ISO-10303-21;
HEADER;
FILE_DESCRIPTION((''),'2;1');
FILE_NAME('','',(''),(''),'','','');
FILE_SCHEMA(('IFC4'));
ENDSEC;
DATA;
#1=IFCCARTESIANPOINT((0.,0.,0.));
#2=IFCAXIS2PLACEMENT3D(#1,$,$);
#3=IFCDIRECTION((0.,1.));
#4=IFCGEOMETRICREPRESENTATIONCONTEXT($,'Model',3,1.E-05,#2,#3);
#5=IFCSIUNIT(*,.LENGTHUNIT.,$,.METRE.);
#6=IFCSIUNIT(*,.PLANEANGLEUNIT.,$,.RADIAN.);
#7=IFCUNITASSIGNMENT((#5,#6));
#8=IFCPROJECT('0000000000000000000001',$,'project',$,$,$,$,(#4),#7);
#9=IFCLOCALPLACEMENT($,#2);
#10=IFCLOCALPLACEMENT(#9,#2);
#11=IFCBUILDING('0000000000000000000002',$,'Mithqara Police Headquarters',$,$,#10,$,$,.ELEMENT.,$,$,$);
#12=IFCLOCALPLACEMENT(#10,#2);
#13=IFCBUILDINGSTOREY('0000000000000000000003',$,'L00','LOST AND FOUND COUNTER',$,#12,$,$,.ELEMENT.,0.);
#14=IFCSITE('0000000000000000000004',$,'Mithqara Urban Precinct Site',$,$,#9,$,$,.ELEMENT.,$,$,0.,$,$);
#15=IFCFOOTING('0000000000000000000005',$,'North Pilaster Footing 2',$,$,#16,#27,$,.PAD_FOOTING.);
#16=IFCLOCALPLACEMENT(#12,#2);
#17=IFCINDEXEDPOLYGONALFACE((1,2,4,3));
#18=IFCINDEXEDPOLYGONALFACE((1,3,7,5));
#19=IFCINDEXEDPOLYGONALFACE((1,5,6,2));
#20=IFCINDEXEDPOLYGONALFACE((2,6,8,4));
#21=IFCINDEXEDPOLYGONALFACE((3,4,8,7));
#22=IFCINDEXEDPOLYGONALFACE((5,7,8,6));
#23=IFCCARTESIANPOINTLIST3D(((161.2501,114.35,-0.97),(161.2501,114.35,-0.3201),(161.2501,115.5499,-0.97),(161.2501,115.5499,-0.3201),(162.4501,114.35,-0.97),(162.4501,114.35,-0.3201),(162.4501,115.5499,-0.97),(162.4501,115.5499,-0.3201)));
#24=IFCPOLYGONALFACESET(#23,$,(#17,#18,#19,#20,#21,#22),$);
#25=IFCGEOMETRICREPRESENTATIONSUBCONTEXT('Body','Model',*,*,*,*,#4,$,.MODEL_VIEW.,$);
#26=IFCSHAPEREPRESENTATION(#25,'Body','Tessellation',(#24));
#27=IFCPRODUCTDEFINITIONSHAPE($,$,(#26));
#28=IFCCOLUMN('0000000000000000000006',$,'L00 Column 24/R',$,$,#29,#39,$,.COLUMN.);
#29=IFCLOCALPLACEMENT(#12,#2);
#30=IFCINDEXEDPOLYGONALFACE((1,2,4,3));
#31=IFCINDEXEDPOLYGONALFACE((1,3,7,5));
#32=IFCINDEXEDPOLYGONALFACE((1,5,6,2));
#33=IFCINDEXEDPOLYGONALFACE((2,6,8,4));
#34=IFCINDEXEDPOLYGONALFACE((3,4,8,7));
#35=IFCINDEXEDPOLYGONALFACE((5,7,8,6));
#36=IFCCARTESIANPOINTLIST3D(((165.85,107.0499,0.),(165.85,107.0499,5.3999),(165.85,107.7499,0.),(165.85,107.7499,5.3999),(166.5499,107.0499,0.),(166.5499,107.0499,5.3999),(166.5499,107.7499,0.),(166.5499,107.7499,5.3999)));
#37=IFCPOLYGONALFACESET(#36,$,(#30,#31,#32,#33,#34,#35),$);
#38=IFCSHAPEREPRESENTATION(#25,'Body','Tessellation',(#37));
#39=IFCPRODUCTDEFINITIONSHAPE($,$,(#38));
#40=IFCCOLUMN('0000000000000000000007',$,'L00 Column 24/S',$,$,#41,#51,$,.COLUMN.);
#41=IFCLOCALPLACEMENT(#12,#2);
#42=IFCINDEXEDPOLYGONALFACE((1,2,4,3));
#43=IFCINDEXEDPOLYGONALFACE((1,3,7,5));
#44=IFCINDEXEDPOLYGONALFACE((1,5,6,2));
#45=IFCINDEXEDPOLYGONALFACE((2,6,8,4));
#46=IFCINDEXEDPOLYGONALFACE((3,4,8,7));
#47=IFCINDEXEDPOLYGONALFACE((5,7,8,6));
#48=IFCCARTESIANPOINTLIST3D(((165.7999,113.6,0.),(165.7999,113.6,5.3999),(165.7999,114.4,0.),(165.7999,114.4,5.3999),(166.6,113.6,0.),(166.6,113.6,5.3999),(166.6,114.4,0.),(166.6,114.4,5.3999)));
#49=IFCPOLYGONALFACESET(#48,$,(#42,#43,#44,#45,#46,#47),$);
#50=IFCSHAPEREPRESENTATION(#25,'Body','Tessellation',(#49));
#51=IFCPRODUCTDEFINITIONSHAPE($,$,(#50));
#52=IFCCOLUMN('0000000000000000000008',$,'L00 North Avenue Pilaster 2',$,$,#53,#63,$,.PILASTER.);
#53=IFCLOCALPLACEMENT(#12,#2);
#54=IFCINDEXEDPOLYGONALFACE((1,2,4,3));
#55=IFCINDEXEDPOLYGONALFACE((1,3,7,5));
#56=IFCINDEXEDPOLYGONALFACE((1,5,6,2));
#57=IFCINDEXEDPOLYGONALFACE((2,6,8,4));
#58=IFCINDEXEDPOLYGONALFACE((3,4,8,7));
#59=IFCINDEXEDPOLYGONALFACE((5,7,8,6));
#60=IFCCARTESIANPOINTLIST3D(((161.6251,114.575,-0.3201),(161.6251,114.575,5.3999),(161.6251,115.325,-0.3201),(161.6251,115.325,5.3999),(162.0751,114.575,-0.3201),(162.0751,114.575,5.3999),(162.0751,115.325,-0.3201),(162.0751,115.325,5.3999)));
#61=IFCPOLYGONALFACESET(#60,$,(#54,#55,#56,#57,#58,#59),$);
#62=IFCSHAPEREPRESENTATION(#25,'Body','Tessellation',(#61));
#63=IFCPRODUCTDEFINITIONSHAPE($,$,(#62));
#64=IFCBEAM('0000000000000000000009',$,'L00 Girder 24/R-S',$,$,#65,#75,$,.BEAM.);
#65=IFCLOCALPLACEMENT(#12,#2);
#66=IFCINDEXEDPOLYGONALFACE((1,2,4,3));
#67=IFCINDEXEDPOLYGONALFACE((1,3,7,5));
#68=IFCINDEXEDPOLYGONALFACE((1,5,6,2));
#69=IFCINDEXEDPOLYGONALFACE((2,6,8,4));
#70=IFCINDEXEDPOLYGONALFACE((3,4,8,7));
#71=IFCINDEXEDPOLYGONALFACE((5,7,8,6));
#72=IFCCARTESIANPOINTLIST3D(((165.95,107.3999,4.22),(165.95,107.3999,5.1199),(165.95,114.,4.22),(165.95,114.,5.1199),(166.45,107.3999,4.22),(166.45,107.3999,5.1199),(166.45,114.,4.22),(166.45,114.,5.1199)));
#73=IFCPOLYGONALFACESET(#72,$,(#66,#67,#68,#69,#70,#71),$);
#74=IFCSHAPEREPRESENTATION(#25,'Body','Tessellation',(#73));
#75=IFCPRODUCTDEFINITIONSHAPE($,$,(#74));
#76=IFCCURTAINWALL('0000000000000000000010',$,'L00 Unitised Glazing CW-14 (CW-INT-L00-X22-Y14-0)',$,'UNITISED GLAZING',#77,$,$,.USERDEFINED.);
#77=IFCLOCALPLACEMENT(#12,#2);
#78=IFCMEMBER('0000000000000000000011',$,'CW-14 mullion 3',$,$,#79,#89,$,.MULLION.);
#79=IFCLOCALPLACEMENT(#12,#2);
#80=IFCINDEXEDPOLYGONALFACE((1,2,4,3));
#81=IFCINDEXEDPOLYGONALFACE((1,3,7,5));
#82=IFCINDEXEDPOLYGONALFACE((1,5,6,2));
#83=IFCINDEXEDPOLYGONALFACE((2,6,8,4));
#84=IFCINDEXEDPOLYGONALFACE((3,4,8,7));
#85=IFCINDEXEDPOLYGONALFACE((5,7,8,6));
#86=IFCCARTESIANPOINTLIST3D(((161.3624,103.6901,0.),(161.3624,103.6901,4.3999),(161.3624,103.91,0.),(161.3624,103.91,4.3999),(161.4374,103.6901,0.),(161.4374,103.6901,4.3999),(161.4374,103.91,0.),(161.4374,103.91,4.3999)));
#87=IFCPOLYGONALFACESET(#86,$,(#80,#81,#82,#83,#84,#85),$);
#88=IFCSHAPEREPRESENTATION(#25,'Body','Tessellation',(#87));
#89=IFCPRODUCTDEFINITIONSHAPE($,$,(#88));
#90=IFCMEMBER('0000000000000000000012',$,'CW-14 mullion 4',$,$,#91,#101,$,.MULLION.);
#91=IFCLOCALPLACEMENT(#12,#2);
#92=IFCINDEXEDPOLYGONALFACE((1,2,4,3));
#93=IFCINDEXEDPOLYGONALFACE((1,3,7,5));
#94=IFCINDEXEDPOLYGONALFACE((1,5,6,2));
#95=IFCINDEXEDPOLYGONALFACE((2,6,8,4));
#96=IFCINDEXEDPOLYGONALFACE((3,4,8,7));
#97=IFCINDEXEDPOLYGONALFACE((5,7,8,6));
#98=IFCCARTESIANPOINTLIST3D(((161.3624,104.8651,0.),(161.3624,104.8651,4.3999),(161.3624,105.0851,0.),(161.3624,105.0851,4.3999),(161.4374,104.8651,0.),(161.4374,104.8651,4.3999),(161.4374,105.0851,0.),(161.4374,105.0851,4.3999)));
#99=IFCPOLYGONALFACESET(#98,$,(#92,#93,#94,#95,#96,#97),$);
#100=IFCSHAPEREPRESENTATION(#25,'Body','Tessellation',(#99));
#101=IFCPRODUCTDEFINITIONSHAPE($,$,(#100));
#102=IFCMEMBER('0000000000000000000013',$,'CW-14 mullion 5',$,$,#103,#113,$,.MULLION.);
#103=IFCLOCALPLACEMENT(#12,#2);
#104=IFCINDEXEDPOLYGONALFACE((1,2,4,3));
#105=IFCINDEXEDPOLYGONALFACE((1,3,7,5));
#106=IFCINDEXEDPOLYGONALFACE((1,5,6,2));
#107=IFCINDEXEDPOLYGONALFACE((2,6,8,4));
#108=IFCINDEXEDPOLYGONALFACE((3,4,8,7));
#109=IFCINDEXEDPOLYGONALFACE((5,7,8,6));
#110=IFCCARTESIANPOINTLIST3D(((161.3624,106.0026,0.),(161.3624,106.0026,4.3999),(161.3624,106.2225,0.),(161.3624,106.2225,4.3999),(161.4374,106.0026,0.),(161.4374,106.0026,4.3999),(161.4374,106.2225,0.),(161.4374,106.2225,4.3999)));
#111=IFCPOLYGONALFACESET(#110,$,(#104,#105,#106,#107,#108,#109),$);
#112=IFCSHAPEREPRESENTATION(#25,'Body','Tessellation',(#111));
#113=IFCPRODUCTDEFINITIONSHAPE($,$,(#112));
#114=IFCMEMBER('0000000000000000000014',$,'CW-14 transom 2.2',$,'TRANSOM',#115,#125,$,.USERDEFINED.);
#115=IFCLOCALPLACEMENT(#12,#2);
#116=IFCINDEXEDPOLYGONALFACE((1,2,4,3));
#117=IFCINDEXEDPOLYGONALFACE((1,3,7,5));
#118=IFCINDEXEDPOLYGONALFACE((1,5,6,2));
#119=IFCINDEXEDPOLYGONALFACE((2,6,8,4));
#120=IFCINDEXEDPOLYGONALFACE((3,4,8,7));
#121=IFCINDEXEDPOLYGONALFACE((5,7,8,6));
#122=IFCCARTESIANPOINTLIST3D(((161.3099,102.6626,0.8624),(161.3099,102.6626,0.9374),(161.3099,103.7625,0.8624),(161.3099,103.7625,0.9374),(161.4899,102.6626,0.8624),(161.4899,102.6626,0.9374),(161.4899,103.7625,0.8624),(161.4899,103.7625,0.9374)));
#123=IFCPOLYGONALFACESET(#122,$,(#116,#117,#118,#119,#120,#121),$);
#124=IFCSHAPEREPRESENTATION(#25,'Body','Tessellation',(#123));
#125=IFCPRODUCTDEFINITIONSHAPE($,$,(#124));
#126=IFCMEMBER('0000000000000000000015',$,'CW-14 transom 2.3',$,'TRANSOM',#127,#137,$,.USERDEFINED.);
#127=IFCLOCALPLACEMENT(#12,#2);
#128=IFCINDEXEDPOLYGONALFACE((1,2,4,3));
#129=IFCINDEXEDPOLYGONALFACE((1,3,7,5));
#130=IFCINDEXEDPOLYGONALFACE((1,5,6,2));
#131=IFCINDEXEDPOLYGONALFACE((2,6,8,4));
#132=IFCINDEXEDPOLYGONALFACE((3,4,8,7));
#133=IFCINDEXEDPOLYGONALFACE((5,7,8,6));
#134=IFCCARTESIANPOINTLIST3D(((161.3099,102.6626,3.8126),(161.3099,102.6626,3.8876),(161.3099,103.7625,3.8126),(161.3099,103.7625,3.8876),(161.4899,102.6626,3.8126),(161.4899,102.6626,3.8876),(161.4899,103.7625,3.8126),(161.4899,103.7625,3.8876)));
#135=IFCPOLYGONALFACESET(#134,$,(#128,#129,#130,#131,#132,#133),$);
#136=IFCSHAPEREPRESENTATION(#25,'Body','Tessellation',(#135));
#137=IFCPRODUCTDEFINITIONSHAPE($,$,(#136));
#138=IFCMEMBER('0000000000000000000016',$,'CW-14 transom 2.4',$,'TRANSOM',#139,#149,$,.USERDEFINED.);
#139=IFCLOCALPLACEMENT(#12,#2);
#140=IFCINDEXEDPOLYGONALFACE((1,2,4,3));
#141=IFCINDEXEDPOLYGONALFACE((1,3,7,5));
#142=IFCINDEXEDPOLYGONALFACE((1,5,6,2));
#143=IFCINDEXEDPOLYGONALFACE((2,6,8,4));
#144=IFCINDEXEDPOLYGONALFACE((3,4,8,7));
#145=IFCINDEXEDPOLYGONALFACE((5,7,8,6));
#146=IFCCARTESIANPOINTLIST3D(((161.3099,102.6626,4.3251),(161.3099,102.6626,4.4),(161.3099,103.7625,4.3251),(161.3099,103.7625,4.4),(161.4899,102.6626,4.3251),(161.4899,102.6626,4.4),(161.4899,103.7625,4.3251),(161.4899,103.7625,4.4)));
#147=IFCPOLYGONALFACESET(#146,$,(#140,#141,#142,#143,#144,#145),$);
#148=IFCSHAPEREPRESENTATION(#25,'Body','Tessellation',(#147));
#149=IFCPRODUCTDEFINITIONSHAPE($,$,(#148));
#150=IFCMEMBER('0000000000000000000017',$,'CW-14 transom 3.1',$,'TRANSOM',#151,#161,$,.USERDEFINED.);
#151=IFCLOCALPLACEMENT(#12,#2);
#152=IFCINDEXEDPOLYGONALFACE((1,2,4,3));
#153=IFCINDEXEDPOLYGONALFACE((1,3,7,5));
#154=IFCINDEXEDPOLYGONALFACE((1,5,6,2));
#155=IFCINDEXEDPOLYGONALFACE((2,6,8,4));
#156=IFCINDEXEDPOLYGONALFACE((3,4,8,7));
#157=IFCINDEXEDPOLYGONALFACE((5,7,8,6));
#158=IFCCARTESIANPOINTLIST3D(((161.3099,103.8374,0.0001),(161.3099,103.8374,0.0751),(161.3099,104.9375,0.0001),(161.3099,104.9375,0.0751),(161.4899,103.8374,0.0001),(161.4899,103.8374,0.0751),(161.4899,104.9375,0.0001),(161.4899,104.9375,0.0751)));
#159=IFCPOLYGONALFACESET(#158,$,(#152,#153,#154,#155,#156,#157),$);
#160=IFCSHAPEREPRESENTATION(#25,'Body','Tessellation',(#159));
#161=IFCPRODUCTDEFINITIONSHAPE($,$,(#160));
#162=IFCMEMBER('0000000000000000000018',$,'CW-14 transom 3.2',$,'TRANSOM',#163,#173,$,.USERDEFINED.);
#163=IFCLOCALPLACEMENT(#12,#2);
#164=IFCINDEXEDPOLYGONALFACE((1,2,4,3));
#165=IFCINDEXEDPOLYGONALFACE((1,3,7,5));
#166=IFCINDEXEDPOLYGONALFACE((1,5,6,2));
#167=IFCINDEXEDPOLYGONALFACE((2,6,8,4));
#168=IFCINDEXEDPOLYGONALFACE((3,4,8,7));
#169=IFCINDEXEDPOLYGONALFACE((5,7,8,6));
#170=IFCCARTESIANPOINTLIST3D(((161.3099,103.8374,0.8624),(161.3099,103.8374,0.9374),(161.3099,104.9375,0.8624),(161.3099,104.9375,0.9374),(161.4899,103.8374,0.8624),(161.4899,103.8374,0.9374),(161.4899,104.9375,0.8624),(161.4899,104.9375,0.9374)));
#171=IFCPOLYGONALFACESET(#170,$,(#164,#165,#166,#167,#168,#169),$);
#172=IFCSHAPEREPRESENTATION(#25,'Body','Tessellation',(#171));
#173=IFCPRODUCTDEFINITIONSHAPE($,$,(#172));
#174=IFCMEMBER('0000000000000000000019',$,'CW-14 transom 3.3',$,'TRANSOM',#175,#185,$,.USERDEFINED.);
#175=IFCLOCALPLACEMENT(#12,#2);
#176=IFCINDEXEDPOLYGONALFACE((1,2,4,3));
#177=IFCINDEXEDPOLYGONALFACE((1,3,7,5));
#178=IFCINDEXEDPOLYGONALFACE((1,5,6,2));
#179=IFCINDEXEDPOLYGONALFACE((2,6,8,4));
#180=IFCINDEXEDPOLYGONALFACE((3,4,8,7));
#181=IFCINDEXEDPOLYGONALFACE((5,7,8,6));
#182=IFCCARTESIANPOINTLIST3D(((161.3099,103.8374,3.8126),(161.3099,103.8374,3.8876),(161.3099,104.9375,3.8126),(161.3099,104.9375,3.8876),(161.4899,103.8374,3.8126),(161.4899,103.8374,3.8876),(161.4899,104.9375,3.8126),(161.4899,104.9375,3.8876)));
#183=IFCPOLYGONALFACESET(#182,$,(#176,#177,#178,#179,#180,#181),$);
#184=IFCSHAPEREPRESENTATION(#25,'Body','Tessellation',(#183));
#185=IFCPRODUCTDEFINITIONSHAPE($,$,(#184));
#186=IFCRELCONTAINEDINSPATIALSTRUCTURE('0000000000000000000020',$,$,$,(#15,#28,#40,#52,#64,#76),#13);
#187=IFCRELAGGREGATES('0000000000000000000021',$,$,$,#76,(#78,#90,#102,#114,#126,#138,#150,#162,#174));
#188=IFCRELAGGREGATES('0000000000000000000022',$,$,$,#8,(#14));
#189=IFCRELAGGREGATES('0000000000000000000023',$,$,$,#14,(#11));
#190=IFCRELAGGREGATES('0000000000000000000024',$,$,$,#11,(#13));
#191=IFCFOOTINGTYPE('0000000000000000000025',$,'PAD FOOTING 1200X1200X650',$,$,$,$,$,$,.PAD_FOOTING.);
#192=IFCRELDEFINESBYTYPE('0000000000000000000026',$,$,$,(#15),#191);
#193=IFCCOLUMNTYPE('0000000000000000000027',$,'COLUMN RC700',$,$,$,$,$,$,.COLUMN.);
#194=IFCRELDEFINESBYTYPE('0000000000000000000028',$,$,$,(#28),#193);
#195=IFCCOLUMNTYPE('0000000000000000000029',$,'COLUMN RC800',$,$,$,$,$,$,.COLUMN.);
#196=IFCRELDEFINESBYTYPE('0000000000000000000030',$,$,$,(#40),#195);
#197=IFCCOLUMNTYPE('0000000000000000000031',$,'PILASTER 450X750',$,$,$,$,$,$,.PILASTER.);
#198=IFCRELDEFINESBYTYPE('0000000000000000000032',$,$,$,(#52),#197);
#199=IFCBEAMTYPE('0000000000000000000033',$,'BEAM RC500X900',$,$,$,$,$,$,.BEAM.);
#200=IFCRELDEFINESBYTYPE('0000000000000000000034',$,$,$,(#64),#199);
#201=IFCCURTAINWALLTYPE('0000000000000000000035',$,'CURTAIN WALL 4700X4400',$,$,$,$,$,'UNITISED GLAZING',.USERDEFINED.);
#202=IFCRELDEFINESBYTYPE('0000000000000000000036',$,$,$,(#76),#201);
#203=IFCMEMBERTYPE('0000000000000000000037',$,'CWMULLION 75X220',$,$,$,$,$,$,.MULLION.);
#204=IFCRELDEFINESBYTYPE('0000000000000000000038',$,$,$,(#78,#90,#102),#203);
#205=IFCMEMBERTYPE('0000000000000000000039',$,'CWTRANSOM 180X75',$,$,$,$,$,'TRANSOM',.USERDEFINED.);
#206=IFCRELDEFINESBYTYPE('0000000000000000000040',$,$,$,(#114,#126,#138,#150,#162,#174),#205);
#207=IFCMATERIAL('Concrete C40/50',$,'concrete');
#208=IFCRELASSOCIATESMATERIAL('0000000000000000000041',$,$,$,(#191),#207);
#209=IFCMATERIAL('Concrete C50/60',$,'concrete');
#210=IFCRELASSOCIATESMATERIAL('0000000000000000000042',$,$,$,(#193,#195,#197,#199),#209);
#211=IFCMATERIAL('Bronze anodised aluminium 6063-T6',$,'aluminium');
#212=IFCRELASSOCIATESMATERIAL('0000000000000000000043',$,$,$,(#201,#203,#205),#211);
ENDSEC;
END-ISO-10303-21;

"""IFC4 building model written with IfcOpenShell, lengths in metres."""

from ifc_helpers import new_model, si_unit, direction, frame, origin, origin_2d, place, context, subcontext, project, spatial, rectangle, extrude, material, material_profile, profile_set, type_object, element, aggregate, save


model = new_model("IFC4")

# Units and contexts
model_context = context("Model", 3, precision=1e-05, world=origin(), true_north=direction((0.0, 1.0)))
body_context = subcontext(model_context, "Body", "Model", "MODEL_VIEW")
ifc_project = project(units=[si_unit("LENGTHUNIT", "METRE"), si_unit("PLANEANGLEUNIT", "RADIAN")], contexts=[model_context])

# Site, building, storey
site_placement = place(None, origin())
site = spatial("IfcSite", under=ifc_project, at=site_placement, Name="Mithqara Urban Precinct Site", CompositionType="ELEMENT", RefElevation=0.0)
building_placement = place(site_placement, origin())
building = spatial("IfcBuilding", under=site, at=building_placement, Name="Mithqara Police Headquarters", CompositionType="ELEMENT")
storey_placement = place(building_placement, origin())
storey = spatial("IfcBuildingStorey", under=building, at=storey_placement, Name="L00", Description="LOST AND FOUND COUNTER", CompositionType="ELEMENT", Elevation=0.0)

# Footing
ifc_material_1 = material(Name="Concrete C40/50", Category="concrete")
footing_type = type_object("IfcFootingType", Name="PAD FOOTING 1200X1200X650", PredefinedType="PAD_FOOTING", material=ifc_material_1)
footing_placement = place(storey_placement, frame((161.8501, 114.95, -0.97), z_axis=(0.0, 0.0, 1.0), x_axis=(1.0, 0.0, 0.0)))
element("IfcFooting", 1, at=footing_placement, inside=storey, type_object=footing_type, Name="North Pilaster Footing 2", PredefinedType="PAD_FOOTING", context=body_context, shape_type="SweptSolid", body=[
    extrude(rectangle(XDim=1.2, YDim=1.2, at=origin_2d()), origin(), (0.0, 0.0, 1.0), 0.6499),
])

# Columns
ifc_material_2 = material(Name="Concrete C50/60", Category="concrete")
ifc_material_profile_1 = material_profile(ifc_material_2, rectangle(XDim=0.7, YDim=0.7, at=origin_2d()), Name="RC 700x700")
ifc_profile_set_1 = profile_set([ifc_material_profile_1], Name="Concrete C50/60")
column_type_1 = type_object("IfcColumnType", Name="COLUMN RC700", PredefinedType="COLUMN", material=ifc_profile_set_1)
column_1_placement = place(storey_placement, frame((166.2, 107.3999, 0.0), z_axis=(0.0, 0.0, 1.0), x_axis=(1.0, 0.0, 0.0)))
element("IfcColumn", 2, at=column_1_placement, inside=storey, type_object=column_type_1, Name="L00 Column 24/R", PredefinedType="COLUMN", context=body_context, shape_type="SweptSolid", body=[
    extrude(rectangle(XDim=0.7, YDim=0.7, at=origin_2d()), origin(), (0.0, 0.0, 1.0), 5.3999),
])
ifc_material_profile_2 = material_profile(ifc_material_2, rectangle(XDim=0.8, YDim=0.8, at=origin_2d()), Name="RC 800x800")
ifc_profile_set_2 = profile_set([ifc_material_profile_2], Name="Concrete C50/60")
column_type_2 = type_object("IfcColumnType", Name="COLUMN RC800", PredefinedType="COLUMN", material=ifc_profile_set_2)
column_2_placement = place(storey_placement, frame((166.2, 114.0, 0.0), z_axis=(0.0, 0.0, 1.0), x_axis=(1.0, 0.0, 0.0)))
element("IfcColumn", 3, at=column_2_placement, inside=storey, type_object=column_type_2, Name="L00 Column 24/S", PredefinedType="COLUMN", context=body_context, shape_type="SweptSolid", body=[
    extrude(rectangle(XDim=0.8, YDim=0.8, at=origin_2d()), origin(), (0.0, 0.0, 1.0), 5.3999),
])
ifc_material_profile_3 = material_profile(ifc_material_2, rectangle(XDim=0.45, YDim=0.75, at=origin_2d()), Name="PIL 450x750")
ifc_profile_set_3 = profile_set([ifc_material_profile_3], Name="Concrete C50/60")
column_type_3 = type_object("IfcColumnType", Name="PILASTER 450X750", PredefinedType="PILASTER", material=ifc_profile_set_3)
column_3_placement = place(storey_placement, frame((161.8501, 114.95, -0.3201), z_axis=(0.0, 0.0, 1.0), x_axis=(1.0, 0.0, 0.0)))
element("IfcColumn", 4, at=column_3_placement, inside=storey, type_object=column_type_3, Name="L00 North Avenue Pilaster 2", PredefinedType="PILASTER", context=body_context, shape_type="SweptSolid", body=[
    extrude(rectangle(XDim=0.45, YDim=0.75, at=origin_2d()), origin(), (0.0, 0.0, 1.0), 5.72),
])

# Beam
ifc_material_profile_4 = material_profile(ifc_material_2, rectangle(XDim=0.5, YDim=0.8999, at=origin_2d()), Name="RC 500x900")
ifc_profile_set_4 = profile_set([ifc_material_profile_4], Name="Concrete C50/60")
beam_type_1 = type_object("IfcBeamType", Name="BEAM RC500X900", PredefinedType="BEAM", material=ifc_profile_set_4)
beam_1_placement = place(storey_placement, frame((166.2, 107.3999, 4.6699), z_axis=(0.0, 1.0, 0.0), x_axis=(-1.0, 0.0, 0.0)))
element("IfcBeam", 5, at=beam_1_placement, inside=storey, type_object=beam_type_1, Name="L00 Girder 24/R-S", PredefinedType="BEAM", context=body_context, shape_type="SweptSolid", body=[
    extrude(rectangle(XDim=0.5, YDim=0.8999, at=origin_2d()), origin(), (0.0, 0.0, 1.0), 6.6001),
])

# Curtain wall, members
ifc_material_3 = material(Name="Bronze anodised aluminium 6063-T6", Category="aluminium")
curtain_wall_type = type_object("IfcCurtainWallType", Name="CURTAIN WALL 4700X4400", ElementType="UNITISED GLAZING", PredefinedType="USERDEFINED", material=ifc_material_3)
curtain_wall_placement = place(storey_placement, origin())
curtain_wall = element("IfcCurtainWall", 6, at=curtain_wall_placement, inside=storey, type_object=curtain_wall_type, Name="L00 Unitised Glazing CW-14 (CW-INT-L00-X22-Y14-0)", ObjectType="UNITISED GLAZING", PredefinedType="USERDEFINED")
ifc_material_profile_5 = material_profile(ifc_material_3, rectangle(XDim=0.075, YDim=0.22, at=origin_2d()), Name="CWM 75x220")
ifc_profile_set_5 = profile_set([ifc_material_profile_5], Name="Bronze anodised aluminium 6063-T6")
member_type_1 = type_object("IfcMemberType", Name="CWMULLION 75X220", PredefinedType="MULLION", material=ifc_profile_set_5)
member_1_placement = place(storey_placement, frame((161.3999, 103.8, 0.0), z_axis=(0.0, 0.0, 1.0), x_axis=(-1.0, 0.0, 0.0)))
member_1 = element("IfcMember", 7, at=member_1_placement, type_object=member_type_1, Name="CW-14 mullion 3", PredefinedType="MULLION", context=body_context, shape_type="SweptSolid", body=[
    extrude(rectangle(XDim=0.075, YDim=0.22, at=origin_2d()), origin(), (0.0, 0.0, 1.0), 4.3999),
])
member_2_placement = place(storey_placement, frame((161.3999, 104.9751, 0.0), z_axis=(0.0, 0.0, 1.0), x_axis=(-1.0, 0.0, 0.0)))
member_2 = element("IfcMember", 8, at=member_2_placement, type_object=member_type_1, Name="CW-14 mullion 4", PredefinedType="MULLION", context=body_context, shape_type="SweptSolid", body=[
    extrude(rectangle(XDim=0.075, YDim=0.22, at=origin_2d()), origin(), (0.0, 0.0, 1.0), 4.3999),
])
member_3_placement = place(storey_placement, frame((161.3999, 106.1125, 0.0), z_axis=(0.0, 0.0, 1.0), x_axis=(-1.0, 0.0, 0.0)))
member_3 = element("IfcMember", 9, at=member_3_placement, type_object=member_type_1, Name="CW-14 mullion 5", PredefinedType="MULLION", context=body_context, shape_type="SweptSolid", body=[
    extrude(rectangle(XDim=0.075, YDim=0.22, at=origin_2d()), origin(), (0.0, 0.0, 1.0), 4.3999),
])
ifc_material_profile_6 = material_profile(ifc_material_3, rectangle(XDim=0.1799, YDim=0.075, at=origin_2d()), Name="CWT 180x75")
ifc_profile_set_6 = profile_set([ifc_material_profile_6], Name="Bronze anodised aluminium 6063-T6")
member_type_2 = type_object("IfcMemberType", Name="CWTRANSOM 180X75", ElementType="TRANSOM", PredefinedType="USERDEFINED", material=ifc_profile_set_6)
member_4_placement = place(storey_placement, frame((161.3999, 102.6626, 0.8999), z_axis=(0.0, 1.0, 0.0), x_axis=(-1.0, 0.0, 0.0)))
member_4 = element("IfcMember", 10, at=member_4_placement, type_object=member_type_2, Name="CW-14 transom 2.2", ObjectType="TRANSOM", PredefinedType="USERDEFINED", context=body_context, shape_type="SweptSolid", body=[
    extrude(rectangle(XDim=0.1799, YDim=0.075, at=origin_2d()), origin(), (0.0, 0.0, 1.0), 1.0999),
])
member_5_placement = place(storey_placement, frame((161.3999, 102.6626, 3.8501), z_axis=(0.0, 1.0, 0.0), x_axis=(-1.0, 0.0, 0.0)))
member_5 = element("IfcMember", 11, at=member_5_placement, type_object=member_type_2, Name="CW-14 transom 2.3", ObjectType="TRANSOM", PredefinedType="USERDEFINED", context=body_context, shape_type="SweptSolid", body=[
    extrude(rectangle(XDim=0.1799, YDim=0.075, at=origin_2d()), origin(), (0.0, 0.0, 1.0), 1.0999),
])
member_6_placement = place(storey_placement, frame((161.3999, 102.6626, 4.3625), z_axis=(0.0, 1.0, 0.0), x_axis=(-1.0, 0.0, 0.0)))
member_6 = element("IfcMember", 12, at=member_6_placement, type_object=member_type_2, Name="CW-14 transom 2.4", ObjectType="TRANSOM", PredefinedType="USERDEFINED", context=body_context, shape_type="SweptSolid", body=[
    extrude(rectangle(XDim=0.1799, YDim=0.075, at=origin_2d()), origin(), (0.0, 0.0, 1.0), 1.0999),
])
member_7_placement = place(storey_placement, frame((161.3999, 103.8374, 0.0376), z_axis=(0.0, 1.0, 0.0), x_axis=(-1.0, 0.0, 0.0)))
member_7 = element("IfcMember", 13, at=member_7_placement, type_object=member_type_2, Name="CW-14 transom 3.1", ObjectType="TRANSOM", PredefinedType="USERDEFINED", context=body_context, shape_type="SweptSolid", body=[
    extrude(rectangle(XDim=0.1799, YDim=0.075, at=origin_2d()), origin(), (0.0, 0.0, 1.0), 1.1001),
])
member_8_placement = place(storey_placement, frame((161.3999, 103.8374, 0.8999), z_axis=(0.0, 1.0, 0.0), x_axis=(-1.0, 0.0, 0.0)))
member_8 = element("IfcMember", 14, at=member_8_placement, type_object=member_type_2, Name="CW-14 transom 3.2", ObjectType="TRANSOM", PredefinedType="USERDEFINED", context=body_context, shape_type="SweptSolid", body=[
    extrude(rectangle(XDim=0.1799, YDim=0.075, at=origin_2d()), origin(), (0.0, 0.0, 1.0), 1.1001),
])
member_9_placement = place(storey_placement, frame((161.3999, 103.8374, 3.8501), z_axis=(0.0, 1.0, 0.0), x_axis=(-1.0, 0.0, 0.0)))
member_9 = element("IfcMember", 15, at=member_9_placement, type_object=member_type_2, Name="CW-14 transom 3.3", ObjectType="TRANSOM", PredefinedType="USERDEFINED", context=body_context, shape_type="SweptSolid", body=[
    extrude(rectangle(XDim=0.1799, YDim=0.075, at=origin_2d()), origin(), (0.0, 0.0, 1.0), 1.1001),
])

aggregate(curtain_wall, [member_1, member_2, member_3, member_4, member_5, member_6, member_7, member_8, member_9])

save(model, "model.ifc")
